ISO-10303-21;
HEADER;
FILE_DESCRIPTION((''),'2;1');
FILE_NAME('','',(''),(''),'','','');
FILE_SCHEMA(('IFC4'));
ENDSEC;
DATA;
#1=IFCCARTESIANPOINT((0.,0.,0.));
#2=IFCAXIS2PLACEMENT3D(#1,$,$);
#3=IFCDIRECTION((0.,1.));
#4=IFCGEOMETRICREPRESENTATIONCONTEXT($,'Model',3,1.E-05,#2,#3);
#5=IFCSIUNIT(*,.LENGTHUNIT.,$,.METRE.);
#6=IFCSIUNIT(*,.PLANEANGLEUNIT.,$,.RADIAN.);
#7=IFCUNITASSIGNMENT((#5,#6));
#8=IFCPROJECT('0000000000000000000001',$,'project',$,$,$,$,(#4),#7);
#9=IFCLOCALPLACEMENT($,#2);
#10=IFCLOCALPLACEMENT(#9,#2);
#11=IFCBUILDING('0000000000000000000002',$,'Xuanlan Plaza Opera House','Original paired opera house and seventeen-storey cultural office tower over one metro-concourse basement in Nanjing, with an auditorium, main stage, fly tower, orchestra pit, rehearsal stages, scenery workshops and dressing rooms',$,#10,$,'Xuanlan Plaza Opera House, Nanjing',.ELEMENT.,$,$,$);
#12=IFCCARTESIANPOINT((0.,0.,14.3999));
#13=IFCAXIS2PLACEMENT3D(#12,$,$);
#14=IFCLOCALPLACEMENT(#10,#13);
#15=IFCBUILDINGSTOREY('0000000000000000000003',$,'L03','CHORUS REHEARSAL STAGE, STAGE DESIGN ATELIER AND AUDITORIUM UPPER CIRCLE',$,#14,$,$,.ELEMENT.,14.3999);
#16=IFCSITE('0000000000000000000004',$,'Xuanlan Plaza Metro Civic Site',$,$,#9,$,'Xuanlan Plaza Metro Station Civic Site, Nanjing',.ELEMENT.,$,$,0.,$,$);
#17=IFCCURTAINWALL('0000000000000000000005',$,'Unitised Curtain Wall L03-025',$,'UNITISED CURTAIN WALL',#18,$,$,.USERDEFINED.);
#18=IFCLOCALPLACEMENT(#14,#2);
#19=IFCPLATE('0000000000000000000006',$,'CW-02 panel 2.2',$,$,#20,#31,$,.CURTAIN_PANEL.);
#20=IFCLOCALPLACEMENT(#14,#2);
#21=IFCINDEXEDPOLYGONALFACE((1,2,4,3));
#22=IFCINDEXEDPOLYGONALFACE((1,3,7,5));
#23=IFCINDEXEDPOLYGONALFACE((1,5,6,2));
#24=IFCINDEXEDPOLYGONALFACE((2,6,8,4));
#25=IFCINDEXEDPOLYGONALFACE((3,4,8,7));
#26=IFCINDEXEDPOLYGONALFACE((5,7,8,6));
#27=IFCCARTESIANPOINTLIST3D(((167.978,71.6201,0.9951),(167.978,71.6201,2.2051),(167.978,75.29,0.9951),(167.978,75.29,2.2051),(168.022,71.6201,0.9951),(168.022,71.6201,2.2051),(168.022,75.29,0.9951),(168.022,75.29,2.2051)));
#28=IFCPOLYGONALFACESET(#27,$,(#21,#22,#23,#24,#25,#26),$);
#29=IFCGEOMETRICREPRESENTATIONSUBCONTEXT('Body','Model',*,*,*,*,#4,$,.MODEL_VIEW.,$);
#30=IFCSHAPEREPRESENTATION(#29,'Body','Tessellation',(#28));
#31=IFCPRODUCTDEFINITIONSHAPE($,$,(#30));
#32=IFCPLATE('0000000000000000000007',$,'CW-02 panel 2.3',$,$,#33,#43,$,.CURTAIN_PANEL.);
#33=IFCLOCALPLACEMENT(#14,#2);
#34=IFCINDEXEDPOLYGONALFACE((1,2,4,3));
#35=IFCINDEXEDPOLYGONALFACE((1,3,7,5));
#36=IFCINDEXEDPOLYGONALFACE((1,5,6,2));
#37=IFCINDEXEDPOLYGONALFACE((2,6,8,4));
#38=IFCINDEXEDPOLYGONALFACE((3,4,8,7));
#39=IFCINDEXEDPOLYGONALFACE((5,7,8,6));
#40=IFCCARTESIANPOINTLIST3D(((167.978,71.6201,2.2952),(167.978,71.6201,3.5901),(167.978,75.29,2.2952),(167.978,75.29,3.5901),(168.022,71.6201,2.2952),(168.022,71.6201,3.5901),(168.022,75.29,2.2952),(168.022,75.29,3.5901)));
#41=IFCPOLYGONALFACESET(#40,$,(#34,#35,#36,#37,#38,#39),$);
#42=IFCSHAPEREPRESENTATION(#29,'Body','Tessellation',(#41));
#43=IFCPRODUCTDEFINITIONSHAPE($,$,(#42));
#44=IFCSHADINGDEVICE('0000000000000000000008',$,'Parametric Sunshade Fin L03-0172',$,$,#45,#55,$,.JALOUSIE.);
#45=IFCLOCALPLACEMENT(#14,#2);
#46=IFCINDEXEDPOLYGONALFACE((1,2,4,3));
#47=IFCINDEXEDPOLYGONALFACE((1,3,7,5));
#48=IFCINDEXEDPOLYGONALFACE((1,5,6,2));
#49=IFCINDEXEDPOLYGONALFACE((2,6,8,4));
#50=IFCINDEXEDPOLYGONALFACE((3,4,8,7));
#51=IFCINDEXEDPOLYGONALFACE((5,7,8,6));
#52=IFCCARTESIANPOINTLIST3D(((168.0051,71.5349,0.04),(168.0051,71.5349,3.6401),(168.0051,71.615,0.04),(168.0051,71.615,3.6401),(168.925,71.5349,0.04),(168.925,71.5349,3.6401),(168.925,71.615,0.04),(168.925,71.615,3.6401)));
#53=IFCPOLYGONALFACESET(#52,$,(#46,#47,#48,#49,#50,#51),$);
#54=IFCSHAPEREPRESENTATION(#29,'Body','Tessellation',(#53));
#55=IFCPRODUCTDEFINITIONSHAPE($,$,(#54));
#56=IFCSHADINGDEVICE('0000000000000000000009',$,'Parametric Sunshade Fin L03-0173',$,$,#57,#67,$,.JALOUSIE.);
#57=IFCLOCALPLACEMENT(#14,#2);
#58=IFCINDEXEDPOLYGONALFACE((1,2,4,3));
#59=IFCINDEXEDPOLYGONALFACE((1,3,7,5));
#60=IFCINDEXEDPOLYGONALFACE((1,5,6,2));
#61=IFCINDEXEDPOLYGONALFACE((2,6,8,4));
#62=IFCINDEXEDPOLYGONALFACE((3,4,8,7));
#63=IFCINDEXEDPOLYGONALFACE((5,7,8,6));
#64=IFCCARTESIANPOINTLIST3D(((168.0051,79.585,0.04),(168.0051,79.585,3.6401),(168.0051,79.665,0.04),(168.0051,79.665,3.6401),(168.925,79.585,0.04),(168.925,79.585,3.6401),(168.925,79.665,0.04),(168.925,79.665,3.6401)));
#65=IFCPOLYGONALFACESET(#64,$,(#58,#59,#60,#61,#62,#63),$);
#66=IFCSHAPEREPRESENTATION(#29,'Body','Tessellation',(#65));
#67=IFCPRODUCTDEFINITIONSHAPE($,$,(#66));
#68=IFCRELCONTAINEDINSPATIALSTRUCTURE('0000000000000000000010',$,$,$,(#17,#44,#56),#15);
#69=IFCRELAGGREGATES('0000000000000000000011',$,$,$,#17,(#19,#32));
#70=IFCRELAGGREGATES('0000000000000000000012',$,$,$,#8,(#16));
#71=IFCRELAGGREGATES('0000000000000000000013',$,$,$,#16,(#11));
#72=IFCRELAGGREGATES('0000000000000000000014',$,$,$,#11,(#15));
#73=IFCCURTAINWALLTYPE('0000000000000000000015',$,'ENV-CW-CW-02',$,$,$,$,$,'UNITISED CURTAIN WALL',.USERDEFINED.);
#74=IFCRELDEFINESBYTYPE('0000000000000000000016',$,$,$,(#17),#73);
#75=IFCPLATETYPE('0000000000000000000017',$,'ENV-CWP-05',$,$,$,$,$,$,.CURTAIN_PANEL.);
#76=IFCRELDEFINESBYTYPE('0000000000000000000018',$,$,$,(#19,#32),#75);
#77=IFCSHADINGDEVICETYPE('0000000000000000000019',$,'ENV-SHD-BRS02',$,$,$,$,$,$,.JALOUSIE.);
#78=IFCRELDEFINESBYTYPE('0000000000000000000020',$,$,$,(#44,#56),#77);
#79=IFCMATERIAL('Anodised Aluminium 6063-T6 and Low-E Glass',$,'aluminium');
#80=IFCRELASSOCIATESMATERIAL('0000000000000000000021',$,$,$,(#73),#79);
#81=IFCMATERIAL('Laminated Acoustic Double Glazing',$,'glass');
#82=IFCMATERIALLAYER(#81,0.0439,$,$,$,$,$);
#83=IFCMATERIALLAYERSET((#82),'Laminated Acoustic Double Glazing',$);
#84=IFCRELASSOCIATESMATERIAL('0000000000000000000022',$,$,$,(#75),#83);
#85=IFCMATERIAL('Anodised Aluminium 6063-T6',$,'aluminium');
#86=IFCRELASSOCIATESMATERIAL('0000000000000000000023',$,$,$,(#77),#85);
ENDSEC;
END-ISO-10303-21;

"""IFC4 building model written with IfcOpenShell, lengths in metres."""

from ifc_helpers import new_model, si_unit, direction, frame, origin, origin_2d, place, context, subcontext, project, spatial, rectangle, extrude, material, layer, layer_set, type_object, element, aggregate, save


model = new_model("IFC4")

# Units and contexts
model_context = context("Model", 3, precision=1e-05, world=origin(), true_north=direction((0.0, 1.0)))
body_context = subcontext(model_context, "Body", "Model", "MODEL_VIEW")
ifc_project = project(units=[si_unit("LENGTHUNIT", "METRE"), si_unit("PLANEANGLEUNIT", "RADIAN")], contexts=[model_context])

# Site, building, storey
site_placement = place(None, origin())
site = spatial("IfcSite", under=ifc_project, at=site_placement, Name="Xuanlan Plaza Metro Civic Site", LongName="Xuanlan Plaza Metro Station Civic Site, Nanjing", CompositionType="ELEMENT", RefElevation=0.0)
building_placement = place(site_placement, origin())
building = spatial("IfcBuilding", under=site, at=building_placement, Name="Xuanlan Plaza Opera House", Description="Original paired opera house and seventeen-storey cultural office tower over one metro-concourse basement in Nanjing, with an auditorium, main stage, fly tower, orchestra pit, rehearsal stages, scenery workshops and dressing rooms", LongName="Xuanlan Plaza Opera House, Nanjing", CompositionType="ELEMENT")
storey_placement = place(building_placement, frame((0.0, 0.0, 14.3999)))
storey = spatial("IfcBuildingStorey", under=building, at=storey_placement, Name="L03", Description="CHORUS REHEARSAL STAGE, STAGE DESIGN ATELIER AND AUDITORIUM UPPER CIRCLE", CompositionType="ELEMENT", Elevation=14.3999)

# Shared definitions
ifc_material_1 = material(Name="Anodised Aluminium 6063-T6 and Low-E Glass", Category="aluminium")
ifc_material_2 = material(Name="Anodised Aluminium 6063-T6", Category="aluminium")

# Curtain wall
curtain_wall_type_1 = type_object("IfcCurtainWallType", Name="ENV-CW-CW-02", ElementType="UNITISED CURTAIN WALL", PredefinedType="USERDEFINED", material=ifc_material_1)
curtain_wall_1_placement = place(storey_placement, origin())
curtain_wall_1 = element("IfcCurtainWall", 1, at=curtain_wall_1_placement, inside=storey, type_object=curtain_wall_type_1, Name="Unitised Curtain Wall L03-025", ObjectType="UNITISED CURTAIN WALL", PredefinedType="USERDEFINED")

# Plates
ifc_material_3 = material(Name="Laminated Acoustic Double Glazing", Category="glass")
ifc_layer_1 = layer(ifc_material_3, 0.0439)
ifc_layer_set_1 = layer_set([ifc_layer_1], Name="Laminated Acoustic Double Glazing")
plate_type_1 = type_object("IfcPlateType", Name="ENV-CWP-05", PredefinedType="CURTAIN_PANEL", material=ifc_layer_set_1)
plate_1_placement = place(storey_placement, frame((168.0, 73.4551, 0.9951), z_axis=(0.0, 0.0, 1.0), x_axis=(0.0, 1.0, 0.0)))
plate_1 = element("IfcPlate", 2, at=plate_1_placement, type_object=plate_type_1, Name="CW-02 panel 2.2", PredefinedType="CURTAIN_PANEL", context=body_context, shape_type="SweptSolid", body=[
    extrude(rectangle(XDim=3.6699, YDim=0.0439, at=origin_2d()), origin(), (0.0, 0.0, 1.0), 1.21),
])
plate_2_placement = place(storey_placement, frame((168.0, 73.4551, 2.2952), z_axis=(0.0, 0.0, 1.0), x_axis=(0.0, 1.0, 0.0)))
plate_2 = element("IfcPlate", 3, at=plate_2_placement, type_object=plate_type_1, Name="CW-02 panel 2.3", PredefinedType="CURTAIN_PANEL", context=body_context, shape_type="SweptSolid", body=[
    extrude(rectangle(XDim=3.6699, YDim=0.0439, at=origin_2d()), origin(), (0.0, 0.0, 1.0), 1.2949),
])
aggregate(curtain_wall_1, [plate_1, plate_2])

# Shading devices
shading_device_type = type_object("IfcShadingDeviceType", Name="ENV-SHD-BRS02", PredefinedType="JALOUSIE", material=ifc_material_2)
for number, where, z_axis, x_axis, name in (
    (4, (168.4651, 71.575, 0.04), (0.0, 0.0, 1.0), (1.0, 0.0, 0.0), "Parametric Sunshade Fin L03-0172"),
    (5, (168.4651, 79.625, 0.04), (0.0, 0.0, 1.0), (1.0, 0.0, 0.0), "Parametric Sunshade Fin L03-0173"),
):
    element("IfcShadingDevice", number, at=place(storey_placement, frame(where, z_axis=z_axis, x_axis=x_axis)), inside=storey, type_object=shading_device_type, Name=name, PredefinedType="JALOUSIE", context=body_context, shape_type="SweptSolid", body=[
        extrude(rectangle(XDim=0.9199, YDim=0.0801, at=origin_2d()), origin(), (0.0, 0.0, 1.0), 3.6001),
    ])

save(model, "model.ifc")
